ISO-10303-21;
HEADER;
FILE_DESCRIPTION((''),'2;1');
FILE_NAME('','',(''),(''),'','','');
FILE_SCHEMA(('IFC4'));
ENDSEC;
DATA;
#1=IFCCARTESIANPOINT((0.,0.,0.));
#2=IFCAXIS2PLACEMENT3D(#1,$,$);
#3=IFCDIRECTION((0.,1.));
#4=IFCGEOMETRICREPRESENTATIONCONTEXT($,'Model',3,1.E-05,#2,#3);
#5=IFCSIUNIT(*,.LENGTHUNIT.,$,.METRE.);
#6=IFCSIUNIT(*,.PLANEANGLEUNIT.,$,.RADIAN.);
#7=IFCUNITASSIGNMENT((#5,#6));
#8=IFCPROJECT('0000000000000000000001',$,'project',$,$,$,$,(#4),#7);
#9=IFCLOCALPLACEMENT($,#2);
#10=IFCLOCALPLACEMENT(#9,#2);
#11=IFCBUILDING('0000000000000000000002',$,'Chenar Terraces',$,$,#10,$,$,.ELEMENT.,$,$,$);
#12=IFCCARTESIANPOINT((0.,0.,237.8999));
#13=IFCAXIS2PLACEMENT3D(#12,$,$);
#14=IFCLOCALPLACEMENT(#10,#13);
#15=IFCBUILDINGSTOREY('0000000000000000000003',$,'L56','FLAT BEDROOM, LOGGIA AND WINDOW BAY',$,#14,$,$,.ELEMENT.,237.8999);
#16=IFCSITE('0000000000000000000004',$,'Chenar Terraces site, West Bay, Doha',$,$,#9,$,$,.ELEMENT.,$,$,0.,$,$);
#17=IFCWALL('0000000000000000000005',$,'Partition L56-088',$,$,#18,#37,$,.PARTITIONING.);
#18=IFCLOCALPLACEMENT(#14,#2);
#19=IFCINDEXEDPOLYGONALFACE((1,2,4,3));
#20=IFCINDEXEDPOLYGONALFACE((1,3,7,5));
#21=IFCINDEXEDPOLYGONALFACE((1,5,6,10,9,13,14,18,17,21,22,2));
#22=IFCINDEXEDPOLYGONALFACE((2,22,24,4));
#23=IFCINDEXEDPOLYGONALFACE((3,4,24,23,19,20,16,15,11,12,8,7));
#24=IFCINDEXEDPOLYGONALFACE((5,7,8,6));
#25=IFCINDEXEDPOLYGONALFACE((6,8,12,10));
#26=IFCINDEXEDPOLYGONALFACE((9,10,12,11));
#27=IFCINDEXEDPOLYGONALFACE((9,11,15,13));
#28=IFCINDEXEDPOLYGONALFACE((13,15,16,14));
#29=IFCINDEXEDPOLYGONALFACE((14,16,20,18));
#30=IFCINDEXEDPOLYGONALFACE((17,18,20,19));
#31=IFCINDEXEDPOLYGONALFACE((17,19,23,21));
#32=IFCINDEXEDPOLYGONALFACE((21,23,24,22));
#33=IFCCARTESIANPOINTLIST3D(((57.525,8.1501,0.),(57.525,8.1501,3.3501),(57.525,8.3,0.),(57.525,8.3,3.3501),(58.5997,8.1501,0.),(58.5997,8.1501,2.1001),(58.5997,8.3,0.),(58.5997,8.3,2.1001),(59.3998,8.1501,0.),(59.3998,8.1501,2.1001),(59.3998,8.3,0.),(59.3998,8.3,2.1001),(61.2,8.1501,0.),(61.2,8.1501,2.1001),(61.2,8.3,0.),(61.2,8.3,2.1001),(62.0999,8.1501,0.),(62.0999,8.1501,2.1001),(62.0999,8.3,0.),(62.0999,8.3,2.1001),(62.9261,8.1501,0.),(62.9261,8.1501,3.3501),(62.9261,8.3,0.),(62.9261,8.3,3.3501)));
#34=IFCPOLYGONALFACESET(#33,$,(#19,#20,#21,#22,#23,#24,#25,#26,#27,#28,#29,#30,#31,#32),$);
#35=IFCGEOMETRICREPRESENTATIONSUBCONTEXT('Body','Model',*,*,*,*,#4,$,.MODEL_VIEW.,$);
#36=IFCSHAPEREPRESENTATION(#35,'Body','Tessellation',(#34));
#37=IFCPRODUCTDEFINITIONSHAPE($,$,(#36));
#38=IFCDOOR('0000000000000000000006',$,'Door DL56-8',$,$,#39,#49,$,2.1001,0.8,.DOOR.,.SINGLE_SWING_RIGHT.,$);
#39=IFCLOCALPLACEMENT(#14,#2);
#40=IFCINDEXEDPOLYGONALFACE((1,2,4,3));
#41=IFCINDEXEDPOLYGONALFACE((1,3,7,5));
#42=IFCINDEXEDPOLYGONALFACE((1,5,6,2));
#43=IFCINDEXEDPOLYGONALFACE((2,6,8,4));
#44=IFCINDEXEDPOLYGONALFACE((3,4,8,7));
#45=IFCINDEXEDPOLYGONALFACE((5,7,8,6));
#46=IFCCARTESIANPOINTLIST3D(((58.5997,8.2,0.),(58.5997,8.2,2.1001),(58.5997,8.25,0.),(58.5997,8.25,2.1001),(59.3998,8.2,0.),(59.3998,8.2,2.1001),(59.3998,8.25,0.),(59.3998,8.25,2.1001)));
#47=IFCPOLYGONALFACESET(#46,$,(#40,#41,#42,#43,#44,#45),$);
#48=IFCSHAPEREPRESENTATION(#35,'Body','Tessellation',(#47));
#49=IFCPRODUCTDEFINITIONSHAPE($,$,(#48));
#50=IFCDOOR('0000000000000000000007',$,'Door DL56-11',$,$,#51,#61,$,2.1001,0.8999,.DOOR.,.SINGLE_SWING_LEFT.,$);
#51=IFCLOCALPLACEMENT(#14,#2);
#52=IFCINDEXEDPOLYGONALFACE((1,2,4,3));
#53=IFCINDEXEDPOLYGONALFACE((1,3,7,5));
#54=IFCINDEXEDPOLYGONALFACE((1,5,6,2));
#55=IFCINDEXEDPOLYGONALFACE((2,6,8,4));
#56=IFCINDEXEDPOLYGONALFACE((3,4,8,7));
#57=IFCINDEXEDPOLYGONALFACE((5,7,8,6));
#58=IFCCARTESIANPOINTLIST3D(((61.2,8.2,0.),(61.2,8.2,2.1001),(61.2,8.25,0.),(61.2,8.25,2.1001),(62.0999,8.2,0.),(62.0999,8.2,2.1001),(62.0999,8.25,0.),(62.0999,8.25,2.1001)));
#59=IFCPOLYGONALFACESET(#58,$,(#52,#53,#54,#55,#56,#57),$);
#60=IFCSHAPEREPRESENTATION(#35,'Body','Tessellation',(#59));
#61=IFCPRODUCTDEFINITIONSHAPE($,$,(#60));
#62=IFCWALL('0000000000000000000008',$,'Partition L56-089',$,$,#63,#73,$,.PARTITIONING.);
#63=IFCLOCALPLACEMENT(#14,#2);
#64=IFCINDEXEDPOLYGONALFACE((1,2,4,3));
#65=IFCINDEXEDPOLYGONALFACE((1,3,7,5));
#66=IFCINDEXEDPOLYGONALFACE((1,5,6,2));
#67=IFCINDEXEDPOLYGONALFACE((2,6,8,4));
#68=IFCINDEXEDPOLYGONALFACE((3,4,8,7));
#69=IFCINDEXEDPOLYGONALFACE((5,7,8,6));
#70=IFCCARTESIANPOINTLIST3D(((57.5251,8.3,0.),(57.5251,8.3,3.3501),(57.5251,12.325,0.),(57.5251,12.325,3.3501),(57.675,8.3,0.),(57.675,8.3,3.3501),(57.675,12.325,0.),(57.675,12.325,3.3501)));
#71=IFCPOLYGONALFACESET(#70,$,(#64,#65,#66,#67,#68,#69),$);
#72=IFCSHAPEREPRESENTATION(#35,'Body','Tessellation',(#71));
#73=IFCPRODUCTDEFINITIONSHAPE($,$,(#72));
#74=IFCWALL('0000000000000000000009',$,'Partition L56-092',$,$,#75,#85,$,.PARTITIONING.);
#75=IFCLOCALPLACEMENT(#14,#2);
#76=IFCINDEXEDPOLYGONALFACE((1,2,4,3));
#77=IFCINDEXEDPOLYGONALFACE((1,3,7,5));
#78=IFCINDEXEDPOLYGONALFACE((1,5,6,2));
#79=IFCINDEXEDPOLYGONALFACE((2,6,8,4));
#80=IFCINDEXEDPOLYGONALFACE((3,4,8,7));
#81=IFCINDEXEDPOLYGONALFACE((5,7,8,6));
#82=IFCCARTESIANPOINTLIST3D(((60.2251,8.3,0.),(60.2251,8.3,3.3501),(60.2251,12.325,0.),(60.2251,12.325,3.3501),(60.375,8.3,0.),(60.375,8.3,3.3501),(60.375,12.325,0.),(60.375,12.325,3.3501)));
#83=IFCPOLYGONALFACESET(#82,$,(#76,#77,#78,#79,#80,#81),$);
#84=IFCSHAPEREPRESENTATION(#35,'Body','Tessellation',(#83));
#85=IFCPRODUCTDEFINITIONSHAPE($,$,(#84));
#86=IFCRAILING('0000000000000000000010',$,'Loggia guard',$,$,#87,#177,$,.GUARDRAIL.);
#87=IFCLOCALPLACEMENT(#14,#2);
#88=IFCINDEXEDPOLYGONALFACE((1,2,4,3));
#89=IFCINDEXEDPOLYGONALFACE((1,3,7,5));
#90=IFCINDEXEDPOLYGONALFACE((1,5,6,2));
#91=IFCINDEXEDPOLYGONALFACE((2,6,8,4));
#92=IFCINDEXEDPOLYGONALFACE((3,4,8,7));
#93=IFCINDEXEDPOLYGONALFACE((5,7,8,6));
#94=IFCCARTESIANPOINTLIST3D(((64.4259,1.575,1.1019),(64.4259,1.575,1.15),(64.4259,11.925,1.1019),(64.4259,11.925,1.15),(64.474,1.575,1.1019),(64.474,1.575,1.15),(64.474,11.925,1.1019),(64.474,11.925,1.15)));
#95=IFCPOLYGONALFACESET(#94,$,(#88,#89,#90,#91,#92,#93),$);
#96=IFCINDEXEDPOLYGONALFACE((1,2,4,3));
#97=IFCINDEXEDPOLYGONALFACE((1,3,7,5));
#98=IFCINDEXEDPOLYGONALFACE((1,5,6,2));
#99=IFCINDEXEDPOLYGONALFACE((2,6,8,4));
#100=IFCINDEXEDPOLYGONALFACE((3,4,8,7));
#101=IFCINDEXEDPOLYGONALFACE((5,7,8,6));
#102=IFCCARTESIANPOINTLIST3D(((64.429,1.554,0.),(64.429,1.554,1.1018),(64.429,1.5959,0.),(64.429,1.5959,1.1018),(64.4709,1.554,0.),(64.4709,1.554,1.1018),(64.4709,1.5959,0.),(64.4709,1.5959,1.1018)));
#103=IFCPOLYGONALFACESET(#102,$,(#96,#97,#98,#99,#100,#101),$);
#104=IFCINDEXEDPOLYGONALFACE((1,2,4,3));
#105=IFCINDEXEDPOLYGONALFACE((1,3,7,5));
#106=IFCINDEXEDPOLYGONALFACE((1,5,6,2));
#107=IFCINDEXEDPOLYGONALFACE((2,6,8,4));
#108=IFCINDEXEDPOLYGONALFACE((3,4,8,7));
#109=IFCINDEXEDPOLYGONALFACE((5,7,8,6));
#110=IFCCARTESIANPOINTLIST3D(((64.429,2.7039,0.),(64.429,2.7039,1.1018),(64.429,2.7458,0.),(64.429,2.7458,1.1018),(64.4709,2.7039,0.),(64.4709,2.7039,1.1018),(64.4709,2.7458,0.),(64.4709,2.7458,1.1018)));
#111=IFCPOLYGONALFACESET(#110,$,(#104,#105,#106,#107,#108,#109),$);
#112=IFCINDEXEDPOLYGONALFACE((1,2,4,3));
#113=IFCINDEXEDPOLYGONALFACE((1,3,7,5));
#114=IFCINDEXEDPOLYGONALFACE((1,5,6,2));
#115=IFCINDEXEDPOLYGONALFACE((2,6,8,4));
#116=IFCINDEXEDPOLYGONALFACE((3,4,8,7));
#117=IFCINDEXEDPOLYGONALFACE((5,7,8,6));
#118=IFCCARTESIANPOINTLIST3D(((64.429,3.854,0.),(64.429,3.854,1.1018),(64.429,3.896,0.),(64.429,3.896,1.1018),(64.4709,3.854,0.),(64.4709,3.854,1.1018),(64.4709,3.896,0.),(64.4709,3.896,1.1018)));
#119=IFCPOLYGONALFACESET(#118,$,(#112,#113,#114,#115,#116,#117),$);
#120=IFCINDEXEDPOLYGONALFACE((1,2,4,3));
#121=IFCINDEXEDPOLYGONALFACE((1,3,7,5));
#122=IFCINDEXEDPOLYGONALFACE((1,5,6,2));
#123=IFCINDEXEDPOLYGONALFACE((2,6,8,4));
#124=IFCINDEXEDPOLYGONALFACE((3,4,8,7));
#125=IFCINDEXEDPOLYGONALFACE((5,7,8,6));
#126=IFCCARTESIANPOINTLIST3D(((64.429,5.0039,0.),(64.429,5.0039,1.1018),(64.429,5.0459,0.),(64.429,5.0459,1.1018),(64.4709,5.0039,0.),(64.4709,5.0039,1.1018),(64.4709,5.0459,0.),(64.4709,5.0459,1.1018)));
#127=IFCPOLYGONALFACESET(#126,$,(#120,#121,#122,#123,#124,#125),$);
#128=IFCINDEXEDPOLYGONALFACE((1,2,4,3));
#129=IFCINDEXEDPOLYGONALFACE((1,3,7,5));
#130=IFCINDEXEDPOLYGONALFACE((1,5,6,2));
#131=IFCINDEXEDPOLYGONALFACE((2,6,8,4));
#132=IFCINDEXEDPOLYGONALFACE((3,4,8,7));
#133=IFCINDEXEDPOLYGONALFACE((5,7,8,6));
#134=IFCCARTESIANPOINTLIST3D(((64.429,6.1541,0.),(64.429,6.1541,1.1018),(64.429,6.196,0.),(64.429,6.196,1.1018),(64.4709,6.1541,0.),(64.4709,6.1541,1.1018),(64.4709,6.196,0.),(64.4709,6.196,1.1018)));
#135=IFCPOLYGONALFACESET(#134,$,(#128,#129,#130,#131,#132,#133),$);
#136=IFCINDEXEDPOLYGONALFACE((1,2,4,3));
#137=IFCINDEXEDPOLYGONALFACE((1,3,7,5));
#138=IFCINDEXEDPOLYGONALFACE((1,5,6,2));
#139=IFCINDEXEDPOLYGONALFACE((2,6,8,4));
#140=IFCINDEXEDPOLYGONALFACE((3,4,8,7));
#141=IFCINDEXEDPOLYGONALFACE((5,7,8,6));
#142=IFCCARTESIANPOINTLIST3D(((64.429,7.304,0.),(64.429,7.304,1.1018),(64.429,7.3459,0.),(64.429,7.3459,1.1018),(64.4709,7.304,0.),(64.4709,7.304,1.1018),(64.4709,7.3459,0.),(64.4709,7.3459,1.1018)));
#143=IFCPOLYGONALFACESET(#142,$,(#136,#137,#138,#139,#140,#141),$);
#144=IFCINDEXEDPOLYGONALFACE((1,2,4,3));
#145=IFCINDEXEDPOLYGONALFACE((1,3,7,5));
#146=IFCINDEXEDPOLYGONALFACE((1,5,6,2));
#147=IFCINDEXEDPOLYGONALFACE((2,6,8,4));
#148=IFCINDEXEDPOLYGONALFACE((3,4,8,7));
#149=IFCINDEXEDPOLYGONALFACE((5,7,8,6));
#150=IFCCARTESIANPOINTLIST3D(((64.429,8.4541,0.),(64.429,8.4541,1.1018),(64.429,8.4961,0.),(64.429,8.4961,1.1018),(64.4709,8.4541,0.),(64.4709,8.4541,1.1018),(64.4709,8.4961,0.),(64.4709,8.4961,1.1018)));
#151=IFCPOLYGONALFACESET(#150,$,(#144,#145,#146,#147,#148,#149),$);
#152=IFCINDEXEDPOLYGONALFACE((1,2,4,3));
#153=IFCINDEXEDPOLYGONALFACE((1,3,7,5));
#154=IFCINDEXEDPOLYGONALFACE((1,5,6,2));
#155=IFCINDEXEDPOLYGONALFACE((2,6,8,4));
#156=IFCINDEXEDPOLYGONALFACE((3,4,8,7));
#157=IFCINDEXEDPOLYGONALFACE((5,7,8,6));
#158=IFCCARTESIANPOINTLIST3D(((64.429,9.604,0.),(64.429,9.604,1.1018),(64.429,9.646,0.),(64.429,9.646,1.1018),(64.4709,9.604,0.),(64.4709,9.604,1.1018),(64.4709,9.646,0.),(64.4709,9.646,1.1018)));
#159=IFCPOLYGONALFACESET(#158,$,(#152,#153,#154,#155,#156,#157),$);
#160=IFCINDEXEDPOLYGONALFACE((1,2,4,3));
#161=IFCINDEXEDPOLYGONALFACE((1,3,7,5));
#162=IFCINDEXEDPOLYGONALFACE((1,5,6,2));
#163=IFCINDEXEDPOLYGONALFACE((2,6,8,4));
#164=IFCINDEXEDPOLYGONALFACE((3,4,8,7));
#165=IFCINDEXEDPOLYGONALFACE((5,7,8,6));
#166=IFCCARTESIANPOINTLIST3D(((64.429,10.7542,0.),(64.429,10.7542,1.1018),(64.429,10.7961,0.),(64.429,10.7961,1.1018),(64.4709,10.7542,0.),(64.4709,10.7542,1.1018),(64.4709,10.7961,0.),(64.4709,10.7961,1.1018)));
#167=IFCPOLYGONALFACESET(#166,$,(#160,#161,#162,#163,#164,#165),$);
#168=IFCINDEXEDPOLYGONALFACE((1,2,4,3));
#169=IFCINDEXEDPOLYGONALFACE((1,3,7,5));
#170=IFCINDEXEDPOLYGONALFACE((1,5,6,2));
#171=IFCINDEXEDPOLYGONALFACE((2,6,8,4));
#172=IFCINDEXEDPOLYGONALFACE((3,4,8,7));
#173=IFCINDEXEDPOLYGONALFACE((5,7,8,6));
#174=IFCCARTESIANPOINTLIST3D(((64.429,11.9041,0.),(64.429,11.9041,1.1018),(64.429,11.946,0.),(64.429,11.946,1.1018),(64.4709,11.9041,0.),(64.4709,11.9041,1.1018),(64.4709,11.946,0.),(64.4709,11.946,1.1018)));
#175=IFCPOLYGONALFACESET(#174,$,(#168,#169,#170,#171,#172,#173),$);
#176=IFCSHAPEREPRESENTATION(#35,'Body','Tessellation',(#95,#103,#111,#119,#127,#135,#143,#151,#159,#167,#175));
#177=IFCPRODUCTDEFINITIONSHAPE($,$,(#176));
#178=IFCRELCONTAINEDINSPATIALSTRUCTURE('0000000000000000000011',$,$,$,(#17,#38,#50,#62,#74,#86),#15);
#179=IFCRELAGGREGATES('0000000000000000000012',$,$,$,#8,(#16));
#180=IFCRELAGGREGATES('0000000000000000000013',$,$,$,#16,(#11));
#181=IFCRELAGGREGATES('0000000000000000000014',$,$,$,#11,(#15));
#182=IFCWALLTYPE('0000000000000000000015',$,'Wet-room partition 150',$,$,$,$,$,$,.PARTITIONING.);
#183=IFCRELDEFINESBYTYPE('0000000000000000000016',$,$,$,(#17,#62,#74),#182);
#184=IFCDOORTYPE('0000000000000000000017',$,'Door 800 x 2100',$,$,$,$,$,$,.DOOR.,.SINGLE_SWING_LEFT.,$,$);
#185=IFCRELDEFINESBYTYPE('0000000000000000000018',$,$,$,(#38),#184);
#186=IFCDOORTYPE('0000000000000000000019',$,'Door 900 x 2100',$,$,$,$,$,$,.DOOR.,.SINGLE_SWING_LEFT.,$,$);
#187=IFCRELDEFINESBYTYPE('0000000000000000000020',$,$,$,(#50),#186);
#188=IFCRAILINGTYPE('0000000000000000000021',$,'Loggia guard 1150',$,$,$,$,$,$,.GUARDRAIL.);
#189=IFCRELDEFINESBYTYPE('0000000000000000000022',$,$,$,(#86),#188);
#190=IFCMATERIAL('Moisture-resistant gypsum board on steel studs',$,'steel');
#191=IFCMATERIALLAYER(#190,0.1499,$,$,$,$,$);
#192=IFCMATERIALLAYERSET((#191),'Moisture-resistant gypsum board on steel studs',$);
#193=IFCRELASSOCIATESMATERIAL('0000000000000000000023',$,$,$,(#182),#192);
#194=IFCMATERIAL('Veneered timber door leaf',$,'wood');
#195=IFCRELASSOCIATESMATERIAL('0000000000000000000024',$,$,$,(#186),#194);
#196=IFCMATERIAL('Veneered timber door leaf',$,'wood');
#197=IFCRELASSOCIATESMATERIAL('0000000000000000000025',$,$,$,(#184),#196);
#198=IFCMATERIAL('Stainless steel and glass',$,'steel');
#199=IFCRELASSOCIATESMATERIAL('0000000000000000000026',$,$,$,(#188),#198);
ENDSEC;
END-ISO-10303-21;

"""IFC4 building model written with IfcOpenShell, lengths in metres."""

from ifc_helpers import new_model, si_unit, direction, frame, frame_2d, origin, origin_2d, place, context, subcontext, project, spatial, rectangle, extrude, material, layer, layer_set, type_object, element, fill, save


model = new_model("IFC4")

# Units and contexts
model_context = context("Model", 3, precision=1e-05, world=origin(), true_north=direction((0.0, 1.0)))
body_context = subcontext(model_context, "Body", "Model", "MODEL_VIEW")
ifc_project = project(units=[si_unit("LENGTHUNIT", "METRE"), si_unit("PLANEANGLEUNIT", "RADIAN")], contexts=[model_context])

# Site, building, storey
site_placement = place(None, origin())
site = spatial("IfcSite", under=ifc_project, at=site_placement, Name="Chenar Terraces site, West Bay, Doha", CompositionType="ELEMENT", RefElevation=0.0)
building_placement = place(site_placement, origin())
building = spatial("IfcBuilding", under=site, at=building_placement, Name="Chenar Terraces", CompositionType="ELEMENT")
storey_placement = place(building_placement, frame((0.0, 0.0, 237.8999)))
storey = spatial("IfcBuildingStorey", under=building, at=storey_placement, Name="L56", Description="FLAT BEDROOM, LOGGIA AND WINDOW BAY", CompositionType="ELEMENT", Elevation=237.8999)

# Shared definitions
ifc_material_1 = material(Name="Moisture-resistant gypsum board on steel studs", Category="steel")
ifc_layer_1 = layer(ifc_material_1, 0.1499)
ifc_layer_set_1 = layer_set([ifc_layer_1], Name="Moisture-resistant gypsum board on steel studs")
wall_type_1 = type_object("IfcWallType", Name="Wet-room partition 150", PredefinedType="PARTITIONING", material=ifc_layer_set_1)

# Shared definitions
ifc_material_2 = material(Name="Veneered timber door leaf", Category="wood")
door_type_1 = type_object("IfcDoorType", Name="Door 900 x 2100", OperationType="SINGLE_SWING_LEFT", PredefinedType="DOOR", material=ifc_material_2)
ifc_material_3 = material(Name="Veneered timber door leaf", Category="wood")
door_type_2 = type_object("IfcDoorType", Name="Door 800 x 2100", OperationType="SINGLE_SWING_LEFT", PredefinedType="DOOR", material=ifc_material_3)

# Wall, openings, doors
wall_1_placement = place(storey_placement, frame((57.5249, 8.2251, 0.0), z_axis=(0.0, 0.0, 1.0), x_axis=(1.0, 0.0, 0.0)))
wall_1 = element("IfcWall", 1, at=wall_1_placement, inside=storey, type_object=wall_type_1, Name="Partition L56-088", PredefinedType="PARTITIONING", context=body_context, shape_type="SweptSolid", body=[
    extrude(rectangle(XDim=5.4011, YDim=0.1499, at=frame_2d((2.7007, 0.0))), origin(), (0.0, 0.0, 1.0), 3.3501),
])
opening_1_placement = place(wall_1_placement, frame((1.075, 0.0, 0.0)))
opening_1 = element("IfcOpeningElement", 2, at=opening_1_placement, cuts=wall_1, PredefinedType="OPENING", context=body_context, shape_type="SweptSolid", body=[
    extrude(rectangle(XDim=0.8, YDim=2.1001, at=frame_2d((0.3999, 1.05))), frame((0.0, 0.085, 0.0), z_axis=(0.0, -1.0, 0.0), x_axis=(1.0, 0.0, 0.0)), (0.0, 0.0, 1.0), 0.1699),
])
opening_2_placement = place(wall_1_placement, frame((3.675, 0.0, 0.0)))
opening_2 = element("IfcOpeningElement", 3, at=opening_2_placement, cuts=wall_1, PredefinedType="OPENING", context=body_context, shape_type="SweptSolid", body=[
    extrude(rectangle(XDim=0.8999, YDim=2.1001, at=frame_2d((0.45, 1.05))), frame((0.0, 0.085, 0.0), z_axis=(0.0, -1.0, 0.0), x_axis=(1.0, 0.0, 0.0)), (0.0, 0.0, 1.0), 0.1699),
])
door_1_placement = place(opening_1_placement, origin())
door_1 = element("IfcDoor", 4, at=door_1_placement, inside=storey, type_object=door_type_2, Name="Door DL56-8", OperationType="SINGLE_SWING_RIGHT", OverallHeight=2.1001, OverallWidth=0.8, PredefinedType="DOOR", context=body_context, shape_type="SweptSolid", body=[
    extrude(rectangle(XDim=0.8, YDim=2.1001, at=frame_2d((0.3999, 1.05))), frame((0.0, 0.0249, 0.0), z_axis=(0.0, -1.0, 0.0), x_axis=(1.0, 0.0, 0.0)), (0.0, 0.0, 1.0), 0.05),
])
fill(opening_1, door_1)
door_2_placement = place(opening_2_placement, origin())
door_2 = element("IfcDoor", 5, at=door_2_placement, inside=storey, type_object=door_type_1, Name="Door DL56-11", OperationType="SINGLE_SWING_LEFT", OverallHeight=2.1001, OverallWidth=0.8999, PredefinedType="DOOR", context=body_context, shape_type="SweptSolid", body=[
    extrude(rectangle(XDim=0.8999, YDim=2.1001, at=frame_2d((0.45, 1.05))), frame((0.0, 0.0249, 0.0), z_axis=(0.0, -1.0, 0.0), x_axis=(1.0, 0.0, 0.0)), (0.0, 0.0, 1.0), 0.05),
])
fill(opening_2, door_2)

# Walls
for number, where, z_axis, x_axis, name in (
    (6, (57.6001, 8.3, 0.0), (0.0, 0.0, 1.0), (0.0, 1.0, 0.0), "Partition L56-089"),
    (7, (60.3, 8.3, 0.0), (0.0, 0.0, 1.0), (0.0, 1.0, 0.0), "Partition L56-092"),
):
    element("IfcWall", number, at=place(storey_placement, frame(where, z_axis=z_axis, x_axis=x_axis)), inside=storey, type_object=wall_type_1, Name=name, PredefinedType="PARTITIONING", context=body_context, shape_type="SweptSolid", body=[
        extrude(rectangle(XDim=4.0249, YDim=0.1499, at=frame_2d((2.0125, 0.0))), origin(), (0.0, 0.0, 1.0), 3.3501),
    ])

# Railing
ifc_material_4 = material(Name="Stainless steel and glass", Category="steel")
railing_type = type_object("IfcRailingType", Name="Loggia guard 1150", PredefinedType="GUARDRAIL", material=ifc_material_4)
railing_placement = place(storey_placement, frame((64.45, 1.575, 0.0)))
element("IfcRailing", 8, at=railing_placement, inside=storey, type_object=railing_type, Name="Loggia guard", PredefinedType="GUARDRAIL", context=body_context, shape_type="SweptSolid", body=[
    extrude(rectangle(XDim=0.0481, YDim=0.0481, at=origin_2d()), frame((0.0, 0.0, 1.126), z_axis=(0.0, 1.0, 0.0), x_axis=(-1.0, 0.0, 0.0)), (0.0, 0.0, 1.0), 10.3501),
    extrude(rectangle(XDim=0.042, YDim=0.042, at=origin_2d()), origin(), (0.0, 0.0, 1.0), 1.1018),
    extrude(rectangle(XDim=0.042, YDim=0.042, at=origin_2d()), frame((0.0, 1.1499, 0.0)), (0.0, 0.0, 1.0), 1.1018),
    extrude(rectangle(XDim=0.042, YDim=0.042, at=origin_2d()), frame((0.0, 2.3, 0.0)), (0.0, 0.0, 1.0), 1.1018),
    extrude(rectangle(XDim=0.042, YDim=0.042, at=origin_2d()), frame((0.0, 3.45, 0.0)), (0.0, 0.0, 1.0), 1.1018),
    extrude(rectangle(XDim=0.042, YDim=0.042, at=origin_2d()), frame((0.0, 4.6001, 0.0)), (0.0, 0.0, 1.0), 1.1018),
    extrude(rectangle(XDim=0.042, YDim=0.042, at=origin_2d()), frame((0.0, 5.75, 0.0)), (0.0, 0.0, 1.0), 1.1018),
    extrude(rectangle(XDim=0.042, YDim=0.042, at=origin_2d()), frame((0.0, 6.9001, 0.0)), (0.0, 0.0, 1.0), 1.1018),
    extrude(rectangle(XDim=0.042, YDim=0.042, at=origin_2d()), frame((0.0, 8.05, 0.0)), (0.0, 0.0, 1.0), 1.1018),
    extrude(rectangle(XDim=0.042, YDim=0.042, at=origin_2d()), frame((0.0, 9.2002, 0.0)), (0.0, 0.0, 1.0), 1.1018),
    extrude(rectangle(XDim=0.042, YDim=0.042, at=origin_2d()), frame((0.0, 10.3501, 0.0)), (0.0, 0.0, 1.0), 1.1018),
])

save(model, "model.ifc")
